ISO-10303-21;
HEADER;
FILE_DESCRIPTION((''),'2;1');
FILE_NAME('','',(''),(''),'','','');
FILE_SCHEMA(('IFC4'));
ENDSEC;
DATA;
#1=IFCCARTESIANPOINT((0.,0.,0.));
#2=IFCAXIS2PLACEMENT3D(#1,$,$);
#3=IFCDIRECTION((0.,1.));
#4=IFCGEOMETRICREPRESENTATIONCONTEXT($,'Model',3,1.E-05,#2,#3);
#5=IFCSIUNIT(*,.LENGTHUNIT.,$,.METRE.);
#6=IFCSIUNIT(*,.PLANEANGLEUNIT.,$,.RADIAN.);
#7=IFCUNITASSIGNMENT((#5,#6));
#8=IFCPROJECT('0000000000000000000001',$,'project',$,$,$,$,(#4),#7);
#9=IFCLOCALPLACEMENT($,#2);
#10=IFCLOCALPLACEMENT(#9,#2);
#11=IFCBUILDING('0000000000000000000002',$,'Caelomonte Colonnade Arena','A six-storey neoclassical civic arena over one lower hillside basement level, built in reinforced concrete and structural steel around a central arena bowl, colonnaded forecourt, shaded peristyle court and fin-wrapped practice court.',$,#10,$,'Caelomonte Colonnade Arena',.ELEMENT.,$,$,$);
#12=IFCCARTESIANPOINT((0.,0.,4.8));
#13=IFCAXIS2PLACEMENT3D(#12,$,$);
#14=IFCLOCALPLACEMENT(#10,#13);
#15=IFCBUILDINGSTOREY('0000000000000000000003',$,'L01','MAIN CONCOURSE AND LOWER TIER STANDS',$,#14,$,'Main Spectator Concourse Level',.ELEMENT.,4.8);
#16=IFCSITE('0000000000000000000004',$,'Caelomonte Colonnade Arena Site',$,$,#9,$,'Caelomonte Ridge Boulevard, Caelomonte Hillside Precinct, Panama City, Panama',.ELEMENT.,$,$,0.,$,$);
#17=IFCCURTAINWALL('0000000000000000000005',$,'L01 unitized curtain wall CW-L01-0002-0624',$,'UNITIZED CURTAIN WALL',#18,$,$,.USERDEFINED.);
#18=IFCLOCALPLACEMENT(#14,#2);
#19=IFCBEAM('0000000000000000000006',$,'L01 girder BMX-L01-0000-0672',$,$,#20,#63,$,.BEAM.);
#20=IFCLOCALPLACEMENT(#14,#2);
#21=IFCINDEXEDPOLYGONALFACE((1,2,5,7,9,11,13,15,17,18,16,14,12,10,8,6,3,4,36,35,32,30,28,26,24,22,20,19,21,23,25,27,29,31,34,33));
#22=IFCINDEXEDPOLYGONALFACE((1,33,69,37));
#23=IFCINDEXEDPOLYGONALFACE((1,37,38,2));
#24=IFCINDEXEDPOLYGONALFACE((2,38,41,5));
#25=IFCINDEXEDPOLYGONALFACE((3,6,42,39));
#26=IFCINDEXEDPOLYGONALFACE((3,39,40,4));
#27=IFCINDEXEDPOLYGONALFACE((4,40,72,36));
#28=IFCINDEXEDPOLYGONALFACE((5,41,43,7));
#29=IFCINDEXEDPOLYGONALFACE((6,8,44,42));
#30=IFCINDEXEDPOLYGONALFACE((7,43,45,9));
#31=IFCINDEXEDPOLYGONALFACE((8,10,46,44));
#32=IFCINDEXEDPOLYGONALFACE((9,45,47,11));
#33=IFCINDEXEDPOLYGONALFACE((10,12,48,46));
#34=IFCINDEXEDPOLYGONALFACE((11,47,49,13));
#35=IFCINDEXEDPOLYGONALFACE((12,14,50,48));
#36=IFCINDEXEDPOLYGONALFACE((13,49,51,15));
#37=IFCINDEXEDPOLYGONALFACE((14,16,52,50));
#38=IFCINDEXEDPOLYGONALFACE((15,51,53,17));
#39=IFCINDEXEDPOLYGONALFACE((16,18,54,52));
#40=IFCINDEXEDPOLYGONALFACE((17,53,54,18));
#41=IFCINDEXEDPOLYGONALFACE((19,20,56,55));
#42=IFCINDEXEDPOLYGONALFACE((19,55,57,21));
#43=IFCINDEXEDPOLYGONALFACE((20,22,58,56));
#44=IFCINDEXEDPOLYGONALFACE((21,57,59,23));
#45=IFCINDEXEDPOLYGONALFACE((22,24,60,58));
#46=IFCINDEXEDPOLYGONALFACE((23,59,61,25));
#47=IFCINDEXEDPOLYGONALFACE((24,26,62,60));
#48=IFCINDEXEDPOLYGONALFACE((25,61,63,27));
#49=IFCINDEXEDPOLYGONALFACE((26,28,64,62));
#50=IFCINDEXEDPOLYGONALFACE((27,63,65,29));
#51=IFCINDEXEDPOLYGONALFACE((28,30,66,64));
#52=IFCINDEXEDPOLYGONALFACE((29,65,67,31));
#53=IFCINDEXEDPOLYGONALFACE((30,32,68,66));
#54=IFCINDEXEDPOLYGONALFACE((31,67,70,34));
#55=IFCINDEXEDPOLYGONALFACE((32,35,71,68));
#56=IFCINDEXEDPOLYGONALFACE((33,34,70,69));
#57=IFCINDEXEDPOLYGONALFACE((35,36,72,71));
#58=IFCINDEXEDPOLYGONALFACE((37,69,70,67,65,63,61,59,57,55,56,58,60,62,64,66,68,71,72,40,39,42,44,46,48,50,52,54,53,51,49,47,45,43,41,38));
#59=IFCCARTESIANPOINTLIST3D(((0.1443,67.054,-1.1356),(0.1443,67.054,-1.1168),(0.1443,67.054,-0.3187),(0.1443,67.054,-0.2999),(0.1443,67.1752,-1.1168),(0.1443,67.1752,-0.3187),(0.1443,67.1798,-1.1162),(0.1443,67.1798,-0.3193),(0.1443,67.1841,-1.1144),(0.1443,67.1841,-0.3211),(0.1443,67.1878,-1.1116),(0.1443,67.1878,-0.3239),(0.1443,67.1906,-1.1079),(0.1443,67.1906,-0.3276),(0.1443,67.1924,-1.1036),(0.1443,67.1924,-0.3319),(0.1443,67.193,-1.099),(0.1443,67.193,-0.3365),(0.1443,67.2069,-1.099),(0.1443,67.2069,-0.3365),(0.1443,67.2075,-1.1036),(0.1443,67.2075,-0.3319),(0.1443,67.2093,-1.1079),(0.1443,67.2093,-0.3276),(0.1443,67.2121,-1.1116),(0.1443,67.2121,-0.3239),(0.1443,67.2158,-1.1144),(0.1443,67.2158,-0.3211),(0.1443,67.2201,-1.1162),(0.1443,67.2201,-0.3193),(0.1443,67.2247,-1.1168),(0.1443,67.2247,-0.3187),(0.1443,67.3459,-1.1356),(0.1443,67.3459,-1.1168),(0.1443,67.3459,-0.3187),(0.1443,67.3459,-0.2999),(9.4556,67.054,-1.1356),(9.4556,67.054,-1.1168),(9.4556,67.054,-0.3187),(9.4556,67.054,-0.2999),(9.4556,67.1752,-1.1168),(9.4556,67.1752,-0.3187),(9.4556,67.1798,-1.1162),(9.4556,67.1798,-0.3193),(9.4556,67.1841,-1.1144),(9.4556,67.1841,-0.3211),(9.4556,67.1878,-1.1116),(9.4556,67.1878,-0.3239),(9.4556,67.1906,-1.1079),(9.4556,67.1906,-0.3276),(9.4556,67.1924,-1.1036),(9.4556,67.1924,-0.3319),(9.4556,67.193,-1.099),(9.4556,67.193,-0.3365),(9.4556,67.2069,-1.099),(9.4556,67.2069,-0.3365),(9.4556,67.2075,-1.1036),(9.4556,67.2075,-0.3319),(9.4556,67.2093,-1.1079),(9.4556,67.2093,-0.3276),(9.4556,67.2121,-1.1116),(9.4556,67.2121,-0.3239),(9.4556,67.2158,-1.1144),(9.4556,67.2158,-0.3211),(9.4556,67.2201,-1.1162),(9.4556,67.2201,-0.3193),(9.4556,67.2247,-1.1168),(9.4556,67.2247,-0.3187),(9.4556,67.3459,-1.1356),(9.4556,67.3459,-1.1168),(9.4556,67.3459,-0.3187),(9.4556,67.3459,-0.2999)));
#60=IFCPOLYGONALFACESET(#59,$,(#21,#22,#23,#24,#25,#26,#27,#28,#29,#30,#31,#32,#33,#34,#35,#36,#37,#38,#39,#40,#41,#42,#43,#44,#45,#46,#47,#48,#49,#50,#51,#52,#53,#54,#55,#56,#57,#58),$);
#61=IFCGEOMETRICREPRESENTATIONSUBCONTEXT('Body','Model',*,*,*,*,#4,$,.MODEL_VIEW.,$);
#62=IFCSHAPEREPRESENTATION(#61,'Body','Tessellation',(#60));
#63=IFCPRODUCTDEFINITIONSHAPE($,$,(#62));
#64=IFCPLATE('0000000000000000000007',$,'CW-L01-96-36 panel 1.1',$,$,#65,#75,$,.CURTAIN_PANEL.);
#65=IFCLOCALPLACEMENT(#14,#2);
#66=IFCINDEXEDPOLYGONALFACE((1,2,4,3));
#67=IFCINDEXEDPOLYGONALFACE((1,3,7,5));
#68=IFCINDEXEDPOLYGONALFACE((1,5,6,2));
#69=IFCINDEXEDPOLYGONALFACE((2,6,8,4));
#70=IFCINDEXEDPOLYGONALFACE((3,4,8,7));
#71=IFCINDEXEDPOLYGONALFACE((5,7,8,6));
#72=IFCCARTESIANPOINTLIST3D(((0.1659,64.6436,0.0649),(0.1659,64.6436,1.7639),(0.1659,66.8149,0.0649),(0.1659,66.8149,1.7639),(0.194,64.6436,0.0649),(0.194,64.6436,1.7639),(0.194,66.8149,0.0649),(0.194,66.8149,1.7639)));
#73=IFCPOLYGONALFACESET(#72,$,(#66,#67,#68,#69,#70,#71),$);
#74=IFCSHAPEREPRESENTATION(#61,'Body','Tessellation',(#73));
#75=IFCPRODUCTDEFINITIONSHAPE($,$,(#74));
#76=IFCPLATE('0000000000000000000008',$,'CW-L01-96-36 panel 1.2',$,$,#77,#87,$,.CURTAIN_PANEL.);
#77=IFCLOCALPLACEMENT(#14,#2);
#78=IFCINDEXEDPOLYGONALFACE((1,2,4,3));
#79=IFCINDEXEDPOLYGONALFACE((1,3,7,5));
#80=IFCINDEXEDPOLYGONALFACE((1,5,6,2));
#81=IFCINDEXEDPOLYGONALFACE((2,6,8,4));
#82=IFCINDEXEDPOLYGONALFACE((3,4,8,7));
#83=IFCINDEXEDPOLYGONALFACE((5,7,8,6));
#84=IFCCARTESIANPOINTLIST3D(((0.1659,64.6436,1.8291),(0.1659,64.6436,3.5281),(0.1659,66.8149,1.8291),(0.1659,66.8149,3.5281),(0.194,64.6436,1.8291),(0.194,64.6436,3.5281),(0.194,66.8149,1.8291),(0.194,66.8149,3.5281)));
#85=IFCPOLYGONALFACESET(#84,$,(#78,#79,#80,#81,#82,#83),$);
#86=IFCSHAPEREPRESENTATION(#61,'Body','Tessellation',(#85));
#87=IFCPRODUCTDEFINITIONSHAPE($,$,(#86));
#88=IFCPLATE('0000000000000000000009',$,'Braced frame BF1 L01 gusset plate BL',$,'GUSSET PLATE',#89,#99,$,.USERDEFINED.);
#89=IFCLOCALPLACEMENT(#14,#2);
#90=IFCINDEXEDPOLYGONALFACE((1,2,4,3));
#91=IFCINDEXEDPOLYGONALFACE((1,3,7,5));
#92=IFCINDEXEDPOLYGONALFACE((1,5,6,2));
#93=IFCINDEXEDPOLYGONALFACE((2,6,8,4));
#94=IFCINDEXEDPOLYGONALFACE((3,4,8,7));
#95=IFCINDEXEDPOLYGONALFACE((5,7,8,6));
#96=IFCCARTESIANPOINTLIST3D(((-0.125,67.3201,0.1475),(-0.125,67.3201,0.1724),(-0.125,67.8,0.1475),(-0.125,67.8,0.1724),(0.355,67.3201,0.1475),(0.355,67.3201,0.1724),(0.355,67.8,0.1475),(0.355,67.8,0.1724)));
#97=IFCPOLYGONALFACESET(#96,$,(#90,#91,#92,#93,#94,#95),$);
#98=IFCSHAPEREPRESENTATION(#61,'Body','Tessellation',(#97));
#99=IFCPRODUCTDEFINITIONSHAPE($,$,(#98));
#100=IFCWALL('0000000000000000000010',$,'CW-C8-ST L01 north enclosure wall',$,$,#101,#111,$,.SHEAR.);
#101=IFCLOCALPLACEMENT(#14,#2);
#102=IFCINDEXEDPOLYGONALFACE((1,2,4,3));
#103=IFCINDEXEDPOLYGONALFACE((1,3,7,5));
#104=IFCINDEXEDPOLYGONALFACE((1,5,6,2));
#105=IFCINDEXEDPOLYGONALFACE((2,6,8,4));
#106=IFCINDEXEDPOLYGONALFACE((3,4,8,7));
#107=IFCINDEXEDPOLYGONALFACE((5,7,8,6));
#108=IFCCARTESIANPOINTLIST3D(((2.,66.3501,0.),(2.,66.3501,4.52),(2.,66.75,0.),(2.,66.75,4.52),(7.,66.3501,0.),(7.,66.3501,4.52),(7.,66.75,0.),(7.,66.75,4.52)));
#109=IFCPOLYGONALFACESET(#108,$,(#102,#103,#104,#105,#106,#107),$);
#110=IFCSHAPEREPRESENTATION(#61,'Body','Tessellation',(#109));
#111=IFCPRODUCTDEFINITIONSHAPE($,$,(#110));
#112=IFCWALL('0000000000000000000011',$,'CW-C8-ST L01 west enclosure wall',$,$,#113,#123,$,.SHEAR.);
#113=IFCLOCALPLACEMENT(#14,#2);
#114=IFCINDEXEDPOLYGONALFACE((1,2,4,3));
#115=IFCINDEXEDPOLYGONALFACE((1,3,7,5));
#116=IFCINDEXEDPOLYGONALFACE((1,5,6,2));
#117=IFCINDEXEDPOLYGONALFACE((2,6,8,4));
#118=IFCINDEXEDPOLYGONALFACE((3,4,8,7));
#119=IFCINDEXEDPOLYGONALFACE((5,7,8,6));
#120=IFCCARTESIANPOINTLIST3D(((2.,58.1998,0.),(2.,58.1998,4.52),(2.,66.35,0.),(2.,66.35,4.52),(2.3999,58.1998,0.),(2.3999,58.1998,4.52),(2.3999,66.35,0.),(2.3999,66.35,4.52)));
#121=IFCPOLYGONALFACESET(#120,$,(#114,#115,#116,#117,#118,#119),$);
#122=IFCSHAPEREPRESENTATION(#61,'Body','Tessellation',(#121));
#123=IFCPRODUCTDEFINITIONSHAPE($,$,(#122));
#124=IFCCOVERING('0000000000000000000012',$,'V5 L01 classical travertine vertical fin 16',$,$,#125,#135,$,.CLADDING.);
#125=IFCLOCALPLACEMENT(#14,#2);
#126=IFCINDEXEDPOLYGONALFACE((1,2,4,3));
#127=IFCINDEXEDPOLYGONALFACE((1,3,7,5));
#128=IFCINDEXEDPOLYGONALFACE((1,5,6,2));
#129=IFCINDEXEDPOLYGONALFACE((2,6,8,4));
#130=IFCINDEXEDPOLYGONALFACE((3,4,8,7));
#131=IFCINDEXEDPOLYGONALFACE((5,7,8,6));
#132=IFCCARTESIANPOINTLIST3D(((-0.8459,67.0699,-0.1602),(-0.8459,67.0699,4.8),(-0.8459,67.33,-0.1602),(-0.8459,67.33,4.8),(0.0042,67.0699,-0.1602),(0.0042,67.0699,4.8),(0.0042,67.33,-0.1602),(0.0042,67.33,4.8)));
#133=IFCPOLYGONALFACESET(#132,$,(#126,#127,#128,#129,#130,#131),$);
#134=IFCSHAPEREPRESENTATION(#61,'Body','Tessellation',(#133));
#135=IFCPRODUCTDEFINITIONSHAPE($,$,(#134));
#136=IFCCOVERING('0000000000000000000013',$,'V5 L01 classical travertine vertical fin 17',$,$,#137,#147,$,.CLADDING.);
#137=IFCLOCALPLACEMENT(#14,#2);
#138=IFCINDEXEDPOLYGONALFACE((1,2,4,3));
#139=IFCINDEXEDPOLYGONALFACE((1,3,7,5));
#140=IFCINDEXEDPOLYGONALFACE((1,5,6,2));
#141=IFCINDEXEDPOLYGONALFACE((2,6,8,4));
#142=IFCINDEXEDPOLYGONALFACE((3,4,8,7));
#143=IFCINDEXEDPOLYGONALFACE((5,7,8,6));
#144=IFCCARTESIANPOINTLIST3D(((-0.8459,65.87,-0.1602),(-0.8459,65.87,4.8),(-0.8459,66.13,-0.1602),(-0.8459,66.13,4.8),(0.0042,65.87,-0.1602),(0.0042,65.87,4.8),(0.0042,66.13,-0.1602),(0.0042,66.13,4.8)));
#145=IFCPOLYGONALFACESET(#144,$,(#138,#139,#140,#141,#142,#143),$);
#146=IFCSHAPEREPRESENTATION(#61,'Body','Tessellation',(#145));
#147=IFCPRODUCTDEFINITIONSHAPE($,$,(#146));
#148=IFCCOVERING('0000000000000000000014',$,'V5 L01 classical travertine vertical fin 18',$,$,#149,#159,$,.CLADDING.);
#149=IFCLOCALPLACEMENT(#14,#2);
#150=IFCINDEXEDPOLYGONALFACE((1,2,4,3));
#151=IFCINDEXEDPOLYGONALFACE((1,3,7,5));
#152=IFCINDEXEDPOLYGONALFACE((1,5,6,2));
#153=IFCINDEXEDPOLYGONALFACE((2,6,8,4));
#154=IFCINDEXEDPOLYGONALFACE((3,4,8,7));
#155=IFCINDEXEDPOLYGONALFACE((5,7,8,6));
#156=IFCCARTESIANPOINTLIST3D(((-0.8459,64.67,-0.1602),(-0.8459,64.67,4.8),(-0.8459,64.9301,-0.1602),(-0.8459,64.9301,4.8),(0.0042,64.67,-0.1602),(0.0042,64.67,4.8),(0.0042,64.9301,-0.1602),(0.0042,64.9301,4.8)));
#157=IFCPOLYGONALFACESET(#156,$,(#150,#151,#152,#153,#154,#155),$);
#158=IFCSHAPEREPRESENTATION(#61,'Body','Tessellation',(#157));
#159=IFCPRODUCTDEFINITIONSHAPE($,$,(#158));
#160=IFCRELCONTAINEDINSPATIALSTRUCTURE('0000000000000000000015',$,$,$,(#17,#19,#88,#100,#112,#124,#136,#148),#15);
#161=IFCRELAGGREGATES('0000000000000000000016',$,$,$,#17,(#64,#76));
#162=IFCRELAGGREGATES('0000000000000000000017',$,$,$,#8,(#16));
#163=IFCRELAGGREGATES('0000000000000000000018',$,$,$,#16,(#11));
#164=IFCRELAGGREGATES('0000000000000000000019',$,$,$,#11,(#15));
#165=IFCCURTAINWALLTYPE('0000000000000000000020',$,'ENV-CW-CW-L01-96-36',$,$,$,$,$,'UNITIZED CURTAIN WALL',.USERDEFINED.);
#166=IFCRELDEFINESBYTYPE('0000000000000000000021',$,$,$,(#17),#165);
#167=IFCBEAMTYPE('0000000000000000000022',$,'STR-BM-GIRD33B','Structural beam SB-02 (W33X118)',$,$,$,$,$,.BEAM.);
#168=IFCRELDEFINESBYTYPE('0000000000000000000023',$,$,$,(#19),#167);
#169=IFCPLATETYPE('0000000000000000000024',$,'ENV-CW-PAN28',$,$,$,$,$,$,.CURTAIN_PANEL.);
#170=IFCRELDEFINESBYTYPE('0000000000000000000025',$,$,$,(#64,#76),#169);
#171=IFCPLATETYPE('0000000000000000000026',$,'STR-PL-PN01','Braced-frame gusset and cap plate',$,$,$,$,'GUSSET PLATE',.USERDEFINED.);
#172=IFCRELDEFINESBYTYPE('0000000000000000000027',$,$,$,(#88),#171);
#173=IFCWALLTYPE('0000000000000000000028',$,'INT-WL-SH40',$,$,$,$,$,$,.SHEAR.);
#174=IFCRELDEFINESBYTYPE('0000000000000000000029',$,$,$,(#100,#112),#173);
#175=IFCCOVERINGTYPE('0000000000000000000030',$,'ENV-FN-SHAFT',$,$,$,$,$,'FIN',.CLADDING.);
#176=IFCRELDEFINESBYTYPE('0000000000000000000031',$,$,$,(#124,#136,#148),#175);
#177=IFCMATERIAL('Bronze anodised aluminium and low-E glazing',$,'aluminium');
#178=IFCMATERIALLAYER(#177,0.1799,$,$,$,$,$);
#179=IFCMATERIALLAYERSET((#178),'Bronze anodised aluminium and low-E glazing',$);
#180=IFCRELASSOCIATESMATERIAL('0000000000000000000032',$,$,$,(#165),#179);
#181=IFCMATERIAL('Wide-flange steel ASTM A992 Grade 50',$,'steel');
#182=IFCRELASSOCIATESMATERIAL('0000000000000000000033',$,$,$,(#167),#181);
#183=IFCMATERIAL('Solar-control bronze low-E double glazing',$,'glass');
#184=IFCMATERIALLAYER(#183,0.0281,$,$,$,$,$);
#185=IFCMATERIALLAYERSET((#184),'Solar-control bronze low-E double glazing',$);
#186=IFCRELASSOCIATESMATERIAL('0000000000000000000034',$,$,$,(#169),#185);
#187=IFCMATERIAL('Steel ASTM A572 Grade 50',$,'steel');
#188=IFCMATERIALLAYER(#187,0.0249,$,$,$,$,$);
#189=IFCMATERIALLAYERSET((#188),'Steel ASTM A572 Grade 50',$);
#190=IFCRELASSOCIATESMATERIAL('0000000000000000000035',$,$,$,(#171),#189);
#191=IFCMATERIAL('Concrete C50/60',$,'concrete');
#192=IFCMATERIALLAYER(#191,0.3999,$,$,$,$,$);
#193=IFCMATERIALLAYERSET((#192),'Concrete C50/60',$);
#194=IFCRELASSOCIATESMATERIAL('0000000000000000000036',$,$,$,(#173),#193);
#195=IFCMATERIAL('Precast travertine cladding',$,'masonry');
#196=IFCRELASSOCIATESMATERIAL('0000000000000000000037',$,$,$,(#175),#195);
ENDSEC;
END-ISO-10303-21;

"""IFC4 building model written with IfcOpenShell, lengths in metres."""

from ifc_helpers import new_model, si_unit, direction, frame, frame_2d, origin, origin_2d, place, context, subcontext, project, spatial, rectangle, i_section, extrude, material, layer, layer_set, material_profile, profile_set, type_object, element, aggregate, save


model = new_model("IFC4")

# Units and contexts
model_context = context("Model", 3, precision=1e-05, world=origin(), true_north=direction((0.0, 1.0)))
body_context = subcontext(model_context, "Body", "Model", "MODEL_VIEW")
ifc_project = project(units=[si_unit("LENGTHUNIT", "METRE"), si_unit("PLANEANGLEUNIT", "RADIAN")], contexts=[model_context])

# Site, building, storey
site_placement = place(None, origin())
site = spatial("IfcSite", under=ifc_project, at=site_placement, Name="Caelomonte Colonnade Arena Site", LongName="Caelomonte Ridge Boulevard, Caelomonte Hillside Precinct, Panama City, Panama", CompositionType="ELEMENT", RefElevation=0.0)
building_placement = place(site_placement, origin())
building = spatial("IfcBuilding", under=site, at=building_placement, Name="Caelomonte Colonnade Arena", Description="A six-storey neoclassical civic arena over one lower hillside basement level, built in reinforced concrete and structural steel around a central arena bowl, colonnaded forecourt, shaded peristyle court and fin-wrapped practice court.", LongName="Caelomonte Colonnade Arena", CompositionType="ELEMENT")
storey_placement = place(building_placement, frame((0.0, 0.0, 4.8)))
storey = spatial("IfcBuildingStorey", under=building, at=storey_placement, Name="L01", Description="MAIN CONCOURSE AND LOWER TIER STANDS", LongName="Main Spectator Concourse Level", CompositionType="ELEMENT", Elevation=4.8)

# Curtain wall
ifc_material_1 = material(Name="Bronze anodised aluminium and low-E glazing", Category="aluminium")
ifc_layer_1 = layer(ifc_material_1, 0.1799)
ifc_layer_set_1 = layer_set([ifc_layer_1], Name="Bronze anodised aluminium and low-E glazing")
curtain_wall_type = type_object("IfcCurtainWallType", Name="ENV-CW-CW-L01-96-36", ElementType="UNITIZED CURTAIN WALL", PredefinedType="USERDEFINED", material=ifc_layer_set_1)
curtain_wall_placement = place(storey_placement, origin())
curtain_wall = element("IfcCurtainWall", 1, at=curtain_wall_placement, inside=storey, type_object=curtain_wall_type, Name="L01 unitized curtain wall CW-L01-0002-0624", ObjectType="UNITIZED CURTAIN WALL", PredefinedType="USERDEFINED")

# Beam
ifc_material_2 = material(Name="Wide-flange steel ASTM A992 Grade 50", Category="steel")
ifc_material_profile_1 = material_profile(ifc_material_2, i_section(OverallWidth=0.292, OverallDepth=0.8357, WebThickness=0.0139, FlangeThickness=0.0188, FilletRadius=0.0178, at=origin_2d()), Name="W33X118")
ifc_profile_set_1 = profile_set([ifc_material_profile_1], Name="Wide-flange steel ASTM A992 Grade 50")
beam_type_1 = type_object("IfcBeamType", Name="STR-BM-GIRD33B", Description="Structural beam SB-02 (W33X118)", PredefinedType="BEAM", material=ifc_profile_set_1)
beam_1_placement = place(storey_placement, frame((0.1443, 67.2, -0.7178), z_axis=(1.0, 0.0, 0.0), x_axis=(0.0, 1.0, 0.0)))
element("IfcBeam", 2, at=beam_1_placement, inside=storey, type_object=beam_type_1, Name="L01 girder BMX-L01-0000-0672", PredefinedType="BEAM", context=body_context, shape_type="SweptSolid", body=[
    extrude(i_section(OverallWidth=0.292, OverallDepth=0.8357, WebThickness=0.0139, FlangeThickness=0.0188, FilletRadius=0.0178, at=origin_2d()), origin(), (0.0, 0.0, 1.0), 9.3113),
])

# Plates
ifc_material_3 = material(Name="Solar-control bronze low-E double glazing", Category="glass")
ifc_layer_2 = layer(ifc_material_3, 0.0281)
ifc_layer_set_2 = layer_set([ifc_layer_2], Name="Solar-control bronze low-E double glazing")
plate_type_1 = type_object("IfcPlateType", Name="ENV-CW-PAN28", PredefinedType="CURTAIN_PANEL", material=ifc_layer_set_2)
plate_1_placement = place(storey_placement, frame((0.1799, 65.7292, 0.0649), z_axis=(0.0, 0.0, 1.0), x_axis=(0.0, -1.0, 0.0)))
plate_1 = element("IfcPlate", 3, at=plate_1_placement, type_object=plate_type_1, Name="CW-L01-96-36 panel 1.1", PredefinedType="CURTAIN_PANEL", context=body_context, shape_type="SweptSolid", body=[
    extrude(rectangle(XDim=2.1714, YDim=0.0281, at=origin_2d()), origin(), (0.0, 0.0, 1.0), 1.699),
])
plate_2_placement = place(storey_placement, frame((0.1799, 65.7292, 1.8291), z_axis=(0.0, 0.0, 1.0), x_axis=(0.0, -1.0, 0.0)))
plate_2 = element("IfcPlate", 4, at=plate_2_placement, type_object=plate_type_1, Name="CW-L01-96-36 panel 1.2", PredefinedType="CURTAIN_PANEL", context=body_context, shape_type="SweptSolid", body=[
    extrude(rectangle(XDim=2.1714, YDim=0.0281, at=origin_2d()), origin(), (0.0, 0.0, 1.0), 1.699),
])
aggregate(curtain_wall, [plate_1, plate_2])
ifc_material_4 = material(Name="Steel ASTM A572 Grade 50", Category="steel")
ifc_layer_3 = layer(ifc_material_4, 0.0249)
ifc_layer_set_3 = layer_set([ifc_layer_3], Name="Steel ASTM A572 Grade 50")
plate_type_2 = type_object("IfcPlateType", Name="STR-PL-PN01", Description="Braced-frame gusset and cap plate", ElementType="GUSSET PLATE", PredefinedType="USERDEFINED", material=ifc_layer_set_3)
plate_3_placement = place(storey_placement, frame((0.115, 67.5601, 0.1475), z_axis=(0.0, 0.0, 1.0), x_axis=(1.0, 0.0, 0.0)))
element("IfcPlate", 5, at=plate_3_placement, inside=storey, type_object=plate_type_2, Name="Braced frame BF1 L01 gusset plate BL", ObjectType="GUSSET PLATE", PredefinedType="USERDEFINED", context=body_context, shape_type="SweptSolid", body=[
    extrude(rectangle(XDim=0.48, YDim=0.48, at=origin_2d()), origin(), (0.0, 0.0, 1.0), 0.0249),
])

# Walls
ifc_material_5 = material(Name="Concrete C50/60", Category="concrete")
ifc_layer_4 = layer(ifc_material_5, 0.3999)
ifc_layer_set_4 = layer_set([ifc_layer_4], Name="Concrete C50/60")
wall_type = type_object("IfcWallType", Name="INT-WL-SH40", PredefinedType="SHEAR", material=ifc_layer_set_4)
wall_1_placement = place(storey_placement, frame((7.0, 66.55, 0.0), z_axis=(0.0, 0.0, 1.0), x_axis=(-1.0, 0.0, 0.0)))
element("IfcWall", 6, at=wall_1_placement, inside=storey, type_object=wall_type, Name="CW-C8-ST L01 north enclosure wall", PredefinedType="SHEAR", context=body_context, shape_type="SweptSolid", body=[
    extrude(rectangle(XDim=5.0, YDim=0.3999, at=frame_2d((2.5, 0.0))), origin(), (0.0, 0.0, 1.0), 4.52),
])
wall_2_placement = place(storey_placement, frame((2.2, 66.3501, 0.0), z_axis=(0.0, 0.0, 1.0), x_axis=(0.0, -1.0, 0.0)))
element("IfcWall", 7, at=wall_2_placement, inside=storey, type_object=wall_type, Name="CW-C8-ST L01 west enclosure wall", PredefinedType="SHEAR", context=body_context, shape_type="SweptSolid", body=[
    extrude(rectangle(XDim=8.1501, YDim=0.3999, at=frame_2d((4.0752, 0.0))), origin(), (0.0, 0.0, 1.0), 4.52),
])

# Coverings
ifc_material_6 = material(Name="Precast travertine cladding", Category="masonry")
ifc_material_profile_2 = material_profile(ifc_material_6, rectangle(XDim=0.26, YDim=0.8501, at=origin_2d()), Name="FIN260X850")
ifc_profile_set_2 = profile_set([ifc_material_profile_2], Name="Precast travertine cladding")
covering_type = type_object("IfcCoveringType", Name="ENV-FN-SHAFT", ElementType="FIN", PredefinedType="CLADDING", material=ifc_profile_set_2)
for number, where, z_axis, x_axis, name in (
    (8, (-0.4209, 67.2, -0.1602), (0.0, 0.0, 1.0), (0.0, 1.0, 0.0), "V5 L01 classical travertine vertical fin 16"),
    (9, (-0.4209, 66.0, -0.1602), (0.0, 0.0, 1.0), (0.0, 1.0, 0.0), "V5 L01 classical travertine vertical fin 17"),
    (10, (-0.4209, 64.8, -0.1602), (0.0, 0.0, 1.0), (0.0, 1.0, 0.0), "V5 L01 classical travertine vertical fin 18"),
):
    element("IfcCovering", number, at=place(storey_placement, frame(where, z_axis=z_axis, x_axis=x_axis)), inside=storey, type_object=covering_type, Name=name, PredefinedType="CLADDING", context=body_context, shape_type="SweptSolid", body=[
        extrude(rectangle(XDim=0.26, YDim=0.8501, at=origin_2d()), origin(), (0.0, 0.0, 1.0), 4.9602),
    ])

save(model, "model.ifc")
